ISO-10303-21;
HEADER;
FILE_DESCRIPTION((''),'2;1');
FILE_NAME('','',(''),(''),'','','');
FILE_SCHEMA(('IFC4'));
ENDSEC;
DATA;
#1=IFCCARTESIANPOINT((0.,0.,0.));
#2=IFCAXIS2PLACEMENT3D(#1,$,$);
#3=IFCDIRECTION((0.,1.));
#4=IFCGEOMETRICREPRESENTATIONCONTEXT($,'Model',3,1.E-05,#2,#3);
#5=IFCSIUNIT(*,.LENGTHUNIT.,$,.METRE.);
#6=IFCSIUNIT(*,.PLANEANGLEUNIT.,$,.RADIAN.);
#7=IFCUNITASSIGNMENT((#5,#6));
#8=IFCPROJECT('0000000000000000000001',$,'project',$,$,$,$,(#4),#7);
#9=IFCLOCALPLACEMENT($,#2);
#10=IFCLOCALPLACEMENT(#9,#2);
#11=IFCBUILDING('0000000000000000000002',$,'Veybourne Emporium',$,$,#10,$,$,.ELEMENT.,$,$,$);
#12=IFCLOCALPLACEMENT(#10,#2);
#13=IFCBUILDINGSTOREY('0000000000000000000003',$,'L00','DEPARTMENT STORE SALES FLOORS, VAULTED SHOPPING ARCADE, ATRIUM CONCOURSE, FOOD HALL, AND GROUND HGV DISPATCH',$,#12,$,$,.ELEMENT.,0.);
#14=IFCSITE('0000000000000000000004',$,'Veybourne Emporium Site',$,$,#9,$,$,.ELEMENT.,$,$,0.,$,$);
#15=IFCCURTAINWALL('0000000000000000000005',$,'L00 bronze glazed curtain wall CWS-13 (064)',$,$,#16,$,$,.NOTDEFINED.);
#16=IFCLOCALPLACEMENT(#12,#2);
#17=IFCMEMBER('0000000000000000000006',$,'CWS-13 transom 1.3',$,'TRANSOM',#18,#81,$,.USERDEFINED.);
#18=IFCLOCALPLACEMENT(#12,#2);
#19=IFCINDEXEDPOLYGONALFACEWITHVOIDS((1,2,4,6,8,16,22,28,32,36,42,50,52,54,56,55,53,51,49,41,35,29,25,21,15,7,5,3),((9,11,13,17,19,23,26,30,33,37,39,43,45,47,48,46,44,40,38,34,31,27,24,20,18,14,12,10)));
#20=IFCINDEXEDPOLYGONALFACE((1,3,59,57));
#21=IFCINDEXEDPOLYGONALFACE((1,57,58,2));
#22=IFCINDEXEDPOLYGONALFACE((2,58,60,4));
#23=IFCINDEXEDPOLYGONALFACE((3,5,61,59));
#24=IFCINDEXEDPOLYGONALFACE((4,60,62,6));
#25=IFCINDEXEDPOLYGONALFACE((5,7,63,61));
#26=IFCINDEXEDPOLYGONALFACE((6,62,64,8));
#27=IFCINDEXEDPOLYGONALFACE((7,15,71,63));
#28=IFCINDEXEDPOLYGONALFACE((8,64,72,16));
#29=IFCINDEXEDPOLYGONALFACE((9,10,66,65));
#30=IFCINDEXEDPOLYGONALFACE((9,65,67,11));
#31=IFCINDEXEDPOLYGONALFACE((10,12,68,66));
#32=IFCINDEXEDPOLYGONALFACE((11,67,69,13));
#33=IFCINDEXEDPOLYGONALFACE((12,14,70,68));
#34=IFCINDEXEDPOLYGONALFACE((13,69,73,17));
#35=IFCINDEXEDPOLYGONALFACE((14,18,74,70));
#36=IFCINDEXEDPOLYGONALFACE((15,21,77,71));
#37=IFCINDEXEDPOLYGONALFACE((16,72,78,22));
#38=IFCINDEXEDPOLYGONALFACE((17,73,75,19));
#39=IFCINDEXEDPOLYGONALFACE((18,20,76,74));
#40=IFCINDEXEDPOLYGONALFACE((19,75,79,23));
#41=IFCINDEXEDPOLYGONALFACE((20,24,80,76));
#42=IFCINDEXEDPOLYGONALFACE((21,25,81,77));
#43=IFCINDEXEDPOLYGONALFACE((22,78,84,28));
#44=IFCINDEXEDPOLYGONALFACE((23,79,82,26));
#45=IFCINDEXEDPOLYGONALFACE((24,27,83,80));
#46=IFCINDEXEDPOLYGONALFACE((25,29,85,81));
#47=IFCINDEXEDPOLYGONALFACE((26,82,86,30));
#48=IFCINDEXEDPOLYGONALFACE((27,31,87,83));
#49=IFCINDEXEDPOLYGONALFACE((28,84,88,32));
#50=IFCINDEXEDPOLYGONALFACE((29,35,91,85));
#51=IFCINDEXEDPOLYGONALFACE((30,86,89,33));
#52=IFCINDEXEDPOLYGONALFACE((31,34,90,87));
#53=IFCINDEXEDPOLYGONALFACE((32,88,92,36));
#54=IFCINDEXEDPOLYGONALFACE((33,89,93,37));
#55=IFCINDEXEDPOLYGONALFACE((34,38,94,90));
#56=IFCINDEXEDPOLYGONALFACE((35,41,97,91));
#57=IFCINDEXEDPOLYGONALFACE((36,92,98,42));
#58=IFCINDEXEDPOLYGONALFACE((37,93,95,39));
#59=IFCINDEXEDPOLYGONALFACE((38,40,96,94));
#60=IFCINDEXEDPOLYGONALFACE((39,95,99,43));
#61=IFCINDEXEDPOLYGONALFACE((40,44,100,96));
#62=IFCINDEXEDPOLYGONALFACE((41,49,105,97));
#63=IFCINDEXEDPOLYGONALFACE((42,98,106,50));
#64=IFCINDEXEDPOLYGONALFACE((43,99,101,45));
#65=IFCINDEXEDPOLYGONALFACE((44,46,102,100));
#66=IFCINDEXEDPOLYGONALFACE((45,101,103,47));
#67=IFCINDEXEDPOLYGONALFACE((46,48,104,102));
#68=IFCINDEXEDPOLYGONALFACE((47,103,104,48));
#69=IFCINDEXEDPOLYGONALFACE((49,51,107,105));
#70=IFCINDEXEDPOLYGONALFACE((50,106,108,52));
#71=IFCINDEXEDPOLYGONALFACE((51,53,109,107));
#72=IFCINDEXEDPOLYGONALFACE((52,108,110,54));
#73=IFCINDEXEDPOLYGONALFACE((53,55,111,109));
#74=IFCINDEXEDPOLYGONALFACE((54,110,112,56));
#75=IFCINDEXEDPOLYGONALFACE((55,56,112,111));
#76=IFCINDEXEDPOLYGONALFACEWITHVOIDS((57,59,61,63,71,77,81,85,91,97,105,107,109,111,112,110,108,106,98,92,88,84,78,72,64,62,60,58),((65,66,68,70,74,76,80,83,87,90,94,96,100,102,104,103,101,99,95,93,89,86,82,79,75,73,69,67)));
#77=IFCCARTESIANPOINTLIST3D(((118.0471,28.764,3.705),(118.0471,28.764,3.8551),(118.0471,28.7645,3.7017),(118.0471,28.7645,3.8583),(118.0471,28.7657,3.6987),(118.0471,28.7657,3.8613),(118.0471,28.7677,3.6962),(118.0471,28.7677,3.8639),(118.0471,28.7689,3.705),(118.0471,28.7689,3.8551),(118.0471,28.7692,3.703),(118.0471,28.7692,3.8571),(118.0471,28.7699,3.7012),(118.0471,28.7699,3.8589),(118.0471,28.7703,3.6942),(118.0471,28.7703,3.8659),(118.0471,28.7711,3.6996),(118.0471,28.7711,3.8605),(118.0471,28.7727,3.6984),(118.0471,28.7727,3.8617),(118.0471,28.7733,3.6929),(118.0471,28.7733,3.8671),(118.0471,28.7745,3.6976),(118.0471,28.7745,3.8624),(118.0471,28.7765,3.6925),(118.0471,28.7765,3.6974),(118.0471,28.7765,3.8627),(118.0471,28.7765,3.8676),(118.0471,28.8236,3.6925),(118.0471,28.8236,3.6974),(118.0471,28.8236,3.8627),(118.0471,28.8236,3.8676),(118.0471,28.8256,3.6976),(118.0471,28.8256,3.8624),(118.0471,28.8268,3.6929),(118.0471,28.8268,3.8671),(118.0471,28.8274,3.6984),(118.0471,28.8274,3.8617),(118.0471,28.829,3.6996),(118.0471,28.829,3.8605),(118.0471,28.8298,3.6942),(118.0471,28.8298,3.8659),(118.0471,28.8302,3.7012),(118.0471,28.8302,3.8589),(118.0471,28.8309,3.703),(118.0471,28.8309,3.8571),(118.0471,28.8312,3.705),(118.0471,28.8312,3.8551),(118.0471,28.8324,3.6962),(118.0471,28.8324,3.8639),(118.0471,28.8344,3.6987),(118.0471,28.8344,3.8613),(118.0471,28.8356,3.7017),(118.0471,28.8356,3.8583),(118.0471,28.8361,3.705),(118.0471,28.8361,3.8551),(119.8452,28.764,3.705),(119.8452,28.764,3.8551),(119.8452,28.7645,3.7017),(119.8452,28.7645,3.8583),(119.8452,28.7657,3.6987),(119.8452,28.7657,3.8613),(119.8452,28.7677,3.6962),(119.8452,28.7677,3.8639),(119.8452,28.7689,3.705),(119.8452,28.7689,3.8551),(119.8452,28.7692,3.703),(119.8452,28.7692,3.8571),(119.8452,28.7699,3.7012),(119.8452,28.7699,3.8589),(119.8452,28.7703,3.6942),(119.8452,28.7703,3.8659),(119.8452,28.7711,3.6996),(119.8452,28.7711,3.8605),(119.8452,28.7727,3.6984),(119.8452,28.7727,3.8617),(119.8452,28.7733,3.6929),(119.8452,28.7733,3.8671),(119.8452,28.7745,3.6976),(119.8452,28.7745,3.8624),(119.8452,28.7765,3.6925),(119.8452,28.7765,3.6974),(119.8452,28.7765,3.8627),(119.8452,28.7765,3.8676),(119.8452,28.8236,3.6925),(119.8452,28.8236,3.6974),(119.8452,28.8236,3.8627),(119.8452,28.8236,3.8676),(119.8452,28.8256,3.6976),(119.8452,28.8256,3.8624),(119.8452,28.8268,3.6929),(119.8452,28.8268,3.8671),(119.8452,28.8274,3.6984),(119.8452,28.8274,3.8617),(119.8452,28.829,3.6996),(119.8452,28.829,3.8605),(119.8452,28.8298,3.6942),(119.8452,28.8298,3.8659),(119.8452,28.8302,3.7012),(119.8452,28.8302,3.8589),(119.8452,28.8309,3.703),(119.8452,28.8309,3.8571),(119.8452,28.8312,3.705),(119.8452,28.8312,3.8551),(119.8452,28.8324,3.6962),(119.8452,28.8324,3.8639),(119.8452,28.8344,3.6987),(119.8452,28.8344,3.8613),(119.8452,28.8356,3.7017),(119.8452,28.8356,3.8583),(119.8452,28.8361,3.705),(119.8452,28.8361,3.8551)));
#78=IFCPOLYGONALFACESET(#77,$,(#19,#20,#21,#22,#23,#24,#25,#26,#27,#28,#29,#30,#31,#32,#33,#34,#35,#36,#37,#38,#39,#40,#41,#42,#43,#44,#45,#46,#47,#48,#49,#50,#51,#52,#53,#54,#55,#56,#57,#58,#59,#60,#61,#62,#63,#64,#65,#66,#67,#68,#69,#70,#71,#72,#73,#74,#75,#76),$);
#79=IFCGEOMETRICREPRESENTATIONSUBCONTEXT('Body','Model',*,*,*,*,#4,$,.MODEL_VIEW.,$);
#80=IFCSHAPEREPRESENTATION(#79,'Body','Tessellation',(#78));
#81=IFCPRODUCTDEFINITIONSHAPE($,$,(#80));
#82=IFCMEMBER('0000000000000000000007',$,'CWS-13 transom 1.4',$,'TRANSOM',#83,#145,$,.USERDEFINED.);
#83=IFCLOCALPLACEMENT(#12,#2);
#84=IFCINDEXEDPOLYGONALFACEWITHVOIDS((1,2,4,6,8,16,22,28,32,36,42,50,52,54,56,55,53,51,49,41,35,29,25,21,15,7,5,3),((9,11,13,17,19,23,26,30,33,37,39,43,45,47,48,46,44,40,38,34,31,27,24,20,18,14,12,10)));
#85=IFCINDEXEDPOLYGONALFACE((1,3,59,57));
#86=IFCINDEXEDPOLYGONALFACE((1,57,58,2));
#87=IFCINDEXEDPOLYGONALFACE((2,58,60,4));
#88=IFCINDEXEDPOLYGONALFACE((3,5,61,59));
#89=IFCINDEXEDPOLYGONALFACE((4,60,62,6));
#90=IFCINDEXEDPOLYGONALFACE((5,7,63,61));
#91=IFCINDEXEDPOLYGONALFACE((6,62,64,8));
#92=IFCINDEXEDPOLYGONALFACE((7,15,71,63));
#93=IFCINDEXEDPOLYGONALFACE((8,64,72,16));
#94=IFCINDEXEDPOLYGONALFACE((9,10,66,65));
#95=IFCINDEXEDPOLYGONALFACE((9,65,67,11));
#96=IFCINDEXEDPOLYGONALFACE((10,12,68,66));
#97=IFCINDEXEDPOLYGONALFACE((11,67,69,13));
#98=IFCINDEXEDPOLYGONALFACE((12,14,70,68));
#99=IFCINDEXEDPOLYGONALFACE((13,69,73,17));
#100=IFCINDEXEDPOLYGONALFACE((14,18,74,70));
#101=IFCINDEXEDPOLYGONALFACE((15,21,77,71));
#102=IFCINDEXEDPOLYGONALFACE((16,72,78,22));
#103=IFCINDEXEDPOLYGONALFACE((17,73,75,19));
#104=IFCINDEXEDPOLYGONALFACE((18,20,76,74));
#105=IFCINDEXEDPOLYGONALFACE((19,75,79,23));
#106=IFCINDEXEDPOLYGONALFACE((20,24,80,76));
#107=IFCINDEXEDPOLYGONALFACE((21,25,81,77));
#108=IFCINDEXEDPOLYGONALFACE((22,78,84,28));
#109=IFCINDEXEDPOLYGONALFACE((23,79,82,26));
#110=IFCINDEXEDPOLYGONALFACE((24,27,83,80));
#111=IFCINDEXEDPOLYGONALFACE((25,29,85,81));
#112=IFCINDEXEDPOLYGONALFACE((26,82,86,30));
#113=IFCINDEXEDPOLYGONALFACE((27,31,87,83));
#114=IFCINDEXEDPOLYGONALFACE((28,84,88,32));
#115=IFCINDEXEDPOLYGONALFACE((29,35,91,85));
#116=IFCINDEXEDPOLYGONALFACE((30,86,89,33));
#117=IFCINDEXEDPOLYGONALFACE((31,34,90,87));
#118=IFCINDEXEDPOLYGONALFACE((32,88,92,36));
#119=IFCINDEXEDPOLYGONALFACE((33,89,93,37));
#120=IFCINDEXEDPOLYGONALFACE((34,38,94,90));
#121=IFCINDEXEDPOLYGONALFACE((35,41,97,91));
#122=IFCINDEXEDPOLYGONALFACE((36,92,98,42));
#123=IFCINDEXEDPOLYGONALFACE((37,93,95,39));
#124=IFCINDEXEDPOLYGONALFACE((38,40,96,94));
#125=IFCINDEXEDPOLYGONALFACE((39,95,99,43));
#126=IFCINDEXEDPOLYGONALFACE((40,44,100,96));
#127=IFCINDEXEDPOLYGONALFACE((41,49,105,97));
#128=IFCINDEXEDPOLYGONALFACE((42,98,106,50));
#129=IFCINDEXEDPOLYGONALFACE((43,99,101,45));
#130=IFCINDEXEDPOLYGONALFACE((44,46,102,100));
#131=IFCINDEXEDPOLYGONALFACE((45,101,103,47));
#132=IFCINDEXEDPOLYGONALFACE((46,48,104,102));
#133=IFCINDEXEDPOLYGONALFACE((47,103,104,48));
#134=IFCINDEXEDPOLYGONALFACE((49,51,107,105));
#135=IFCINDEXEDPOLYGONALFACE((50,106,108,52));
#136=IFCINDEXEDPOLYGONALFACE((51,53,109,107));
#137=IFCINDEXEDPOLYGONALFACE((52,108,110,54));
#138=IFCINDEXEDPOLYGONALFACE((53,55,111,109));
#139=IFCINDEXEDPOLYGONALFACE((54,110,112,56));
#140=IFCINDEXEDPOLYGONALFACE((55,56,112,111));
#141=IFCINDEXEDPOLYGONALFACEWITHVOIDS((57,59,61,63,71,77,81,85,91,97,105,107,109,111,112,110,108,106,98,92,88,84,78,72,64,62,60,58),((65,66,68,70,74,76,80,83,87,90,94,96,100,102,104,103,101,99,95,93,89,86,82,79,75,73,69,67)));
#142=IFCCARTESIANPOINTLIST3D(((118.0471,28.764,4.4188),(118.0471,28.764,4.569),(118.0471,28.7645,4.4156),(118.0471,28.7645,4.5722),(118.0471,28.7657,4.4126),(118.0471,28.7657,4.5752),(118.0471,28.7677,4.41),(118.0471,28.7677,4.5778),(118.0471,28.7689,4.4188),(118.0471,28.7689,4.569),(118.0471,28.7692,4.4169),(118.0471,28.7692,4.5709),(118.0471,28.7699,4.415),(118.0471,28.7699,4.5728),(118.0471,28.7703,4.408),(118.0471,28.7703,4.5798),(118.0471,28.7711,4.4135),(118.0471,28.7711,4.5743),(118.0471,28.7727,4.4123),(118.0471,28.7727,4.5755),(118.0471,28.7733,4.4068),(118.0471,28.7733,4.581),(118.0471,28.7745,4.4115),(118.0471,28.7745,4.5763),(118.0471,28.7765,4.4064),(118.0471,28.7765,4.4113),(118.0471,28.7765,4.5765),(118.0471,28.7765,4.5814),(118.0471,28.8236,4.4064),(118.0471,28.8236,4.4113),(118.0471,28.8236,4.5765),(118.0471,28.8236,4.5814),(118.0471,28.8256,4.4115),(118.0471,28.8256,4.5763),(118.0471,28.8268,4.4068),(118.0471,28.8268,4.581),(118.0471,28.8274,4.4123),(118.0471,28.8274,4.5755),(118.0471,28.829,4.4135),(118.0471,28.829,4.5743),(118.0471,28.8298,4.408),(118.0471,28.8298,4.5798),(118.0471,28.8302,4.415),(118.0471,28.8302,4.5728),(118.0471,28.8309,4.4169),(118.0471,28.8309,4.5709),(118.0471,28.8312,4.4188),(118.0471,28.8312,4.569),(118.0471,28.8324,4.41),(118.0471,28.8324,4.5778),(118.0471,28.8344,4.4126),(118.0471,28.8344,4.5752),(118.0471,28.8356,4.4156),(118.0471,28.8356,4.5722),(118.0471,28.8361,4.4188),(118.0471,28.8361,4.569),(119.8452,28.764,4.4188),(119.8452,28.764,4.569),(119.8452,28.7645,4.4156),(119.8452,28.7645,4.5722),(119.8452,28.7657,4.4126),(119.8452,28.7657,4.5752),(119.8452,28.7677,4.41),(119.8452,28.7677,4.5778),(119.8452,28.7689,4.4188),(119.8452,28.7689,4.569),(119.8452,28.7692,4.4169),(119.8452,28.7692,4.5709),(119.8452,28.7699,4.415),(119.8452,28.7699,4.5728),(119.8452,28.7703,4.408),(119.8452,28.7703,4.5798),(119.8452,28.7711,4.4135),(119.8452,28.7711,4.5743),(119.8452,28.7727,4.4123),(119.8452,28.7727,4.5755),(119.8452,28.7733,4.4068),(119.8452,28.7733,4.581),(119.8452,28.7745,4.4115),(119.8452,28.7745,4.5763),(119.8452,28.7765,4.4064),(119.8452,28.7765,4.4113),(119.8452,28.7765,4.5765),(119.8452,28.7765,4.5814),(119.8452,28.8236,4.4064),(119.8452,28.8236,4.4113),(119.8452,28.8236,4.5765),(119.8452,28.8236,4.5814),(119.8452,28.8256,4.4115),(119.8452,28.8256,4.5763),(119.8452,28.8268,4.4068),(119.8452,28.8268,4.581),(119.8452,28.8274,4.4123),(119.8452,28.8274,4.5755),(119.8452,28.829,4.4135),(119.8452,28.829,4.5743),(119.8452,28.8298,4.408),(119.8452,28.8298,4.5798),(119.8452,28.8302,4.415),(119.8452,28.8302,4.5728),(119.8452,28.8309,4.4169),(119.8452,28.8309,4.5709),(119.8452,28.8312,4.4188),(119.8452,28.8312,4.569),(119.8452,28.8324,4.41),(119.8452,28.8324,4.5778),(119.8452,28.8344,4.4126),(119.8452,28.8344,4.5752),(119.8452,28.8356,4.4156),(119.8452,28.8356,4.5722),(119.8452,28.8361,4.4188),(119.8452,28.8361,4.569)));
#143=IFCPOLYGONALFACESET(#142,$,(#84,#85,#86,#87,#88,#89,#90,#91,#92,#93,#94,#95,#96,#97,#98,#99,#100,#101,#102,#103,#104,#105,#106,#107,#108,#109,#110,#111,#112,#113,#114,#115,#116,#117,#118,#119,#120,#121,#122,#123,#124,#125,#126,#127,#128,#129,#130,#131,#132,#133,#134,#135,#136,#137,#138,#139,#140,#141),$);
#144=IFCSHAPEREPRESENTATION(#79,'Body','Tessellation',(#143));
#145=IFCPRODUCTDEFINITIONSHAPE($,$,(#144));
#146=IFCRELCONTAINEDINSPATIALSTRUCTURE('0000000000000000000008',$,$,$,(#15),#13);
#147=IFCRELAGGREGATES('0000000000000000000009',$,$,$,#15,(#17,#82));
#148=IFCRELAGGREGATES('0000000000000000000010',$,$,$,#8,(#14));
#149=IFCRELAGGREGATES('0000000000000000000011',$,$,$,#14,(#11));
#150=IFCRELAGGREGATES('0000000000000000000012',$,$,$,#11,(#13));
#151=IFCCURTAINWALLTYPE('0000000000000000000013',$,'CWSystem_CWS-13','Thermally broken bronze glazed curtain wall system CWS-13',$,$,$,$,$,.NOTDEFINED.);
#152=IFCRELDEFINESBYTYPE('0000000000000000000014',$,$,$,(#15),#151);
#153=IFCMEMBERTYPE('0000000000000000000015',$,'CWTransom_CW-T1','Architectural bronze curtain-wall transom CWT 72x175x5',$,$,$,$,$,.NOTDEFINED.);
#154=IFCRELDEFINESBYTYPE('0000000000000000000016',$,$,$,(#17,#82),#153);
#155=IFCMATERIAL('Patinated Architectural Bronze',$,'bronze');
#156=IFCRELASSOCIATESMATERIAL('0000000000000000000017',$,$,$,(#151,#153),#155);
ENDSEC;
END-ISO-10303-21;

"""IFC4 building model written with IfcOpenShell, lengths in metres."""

from ifc_helpers import new_model, si_unit, direction, frame, origin, origin_2d, place, context, subcontext, project, spatial, hollow_rectangle, extrude, material, material_profile, profile_set, type_object, element, aggregate, save


model = new_model("IFC4")

# Units and contexts
model_context = context("Model", 3, precision=1e-05, world=origin(), true_north=direction((0.0, 1.0)))
body_context = subcontext(model_context, "Body", "Model", "MODEL_VIEW")
ifc_project = project(units=[si_unit("LENGTHUNIT", "METRE"), si_unit("PLANEANGLEUNIT", "RADIAN")], contexts=[model_context])

# Site, building, storey
site_placement = place(None, origin())
site = spatial("IfcSite", under=ifc_project, at=site_placement, Name="Veybourne Emporium Site", CompositionType="ELEMENT", RefElevation=0.0)
building_placement = place(site_placement, origin())
building = spatial("IfcBuilding", under=site, at=building_placement, Name="Veybourne Emporium", CompositionType="ELEMENT")
storey_placement = place(building_placement, origin())
storey = spatial("IfcBuildingStorey", under=building, at=storey_placement, Name="L00", Description="DEPARTMENT STORE SALES FLOORS, VAULTED SHOPPING ARCADE, ATRIUM CONCOURSE, FOOD HALL, AND GROUND HGV DISPATCH", CompositionType="ELEMENT", Elevation=0.0)

# Curtain wall
ifc_material_1 = material(Name="Patinated Architectural Bronze", Category="bronze")
curtain_wall_type_1 = type_object("IfcCurtainWallType", Name="CWSystem_CWS-13", Description="Thermally broken bronze glazed curtain wall system CWS-13", PredefinedType="NOTDEFINED", material=ifc_material_1)
curtain_wall_1_placement = place(storey_placement, origin())
curtain_wall_1 = element("IfcCurtainWall", 1, at=curtain_wall_1_placement, inside=storey, type_object=curtain_wall_type_1, Name="L00 bronze glazed curtain wall CWS-13 (064)", PredefinedType="NOTDEFINED")

# Members
ifc_material_profile_1 = material_profile(ifc_material_1, hollow_rectangle(XDim=0.072, YDim=0.175, WallThickness=0.0049, InnerFilletRadius=0.0076, OuterFilletRadius=0.0125, at=origin_2d()), Name="CWT 72x175x5")
ifc_profile_set_1 = profile_set([ifc_material_profile_1], Name="Patinated Architectural Bronze")
member_type_1 = type_object("IfcMemberType", Name="CWTransom_CW-T1", Description="Architectural bronze curtain-wall transom CWT 72x175x5", PredefinedType="NOTDEFINED", material=ifc_profile_set_1)
member_1_placement = place(storey_placement, frame((118.0471, 28.8, 3.78), z_axis=(1.0, 0.0, 0.0), x_axis=(0.0, 1.0, 0.0)))
member_1 = element("IfcMember", 2, at=member_1_placement, type_object=member_type_1, Name="CWS-13 transom 1.3", ObjectType="TRANSOM", PredefinedType="USERDEFINED", context=body_context, shape_type="SweptSolid", body=[
    extrude(hollow_rectangle(XDim=0.072, YDim=0.175, WallThickness=0.0049, InnerFilletRadius=0.0076, OuterFilletRadius=0.0125, at=origin_2d()), origin(), (0.0, 0.0, 1.0), 1.7981),
])
member_2_placement = place(storey_placement, frame((118.0471, 28.8, 4.4939), z_axis=(1.0, 0.0, 0.0), x_axis=(0.0, 1.0, 0.0)))
member_2 = element("IfcMember", 3, at=member_2_placement, type_object=member_type_1, Name="CWS-13 transom 1.4", ObjectType="TRANSOM", PredefinedType="USERDEFINED", context=body_context, shape_type="SweptSolid", body=[
    extrude(hollow_rectangle(XDim=0.072, YDim=0.175, WallThickness=0.0049, InnerFilletRadius=0.0076, OuterFilletRadius=0.0125, at=origin_2d()), origin(), (0.0, 0.0, 1.0), 1.7981),
])

aggregate(curtain_wall_1, [member_1, member_2])

save(model, "model.ifc")
